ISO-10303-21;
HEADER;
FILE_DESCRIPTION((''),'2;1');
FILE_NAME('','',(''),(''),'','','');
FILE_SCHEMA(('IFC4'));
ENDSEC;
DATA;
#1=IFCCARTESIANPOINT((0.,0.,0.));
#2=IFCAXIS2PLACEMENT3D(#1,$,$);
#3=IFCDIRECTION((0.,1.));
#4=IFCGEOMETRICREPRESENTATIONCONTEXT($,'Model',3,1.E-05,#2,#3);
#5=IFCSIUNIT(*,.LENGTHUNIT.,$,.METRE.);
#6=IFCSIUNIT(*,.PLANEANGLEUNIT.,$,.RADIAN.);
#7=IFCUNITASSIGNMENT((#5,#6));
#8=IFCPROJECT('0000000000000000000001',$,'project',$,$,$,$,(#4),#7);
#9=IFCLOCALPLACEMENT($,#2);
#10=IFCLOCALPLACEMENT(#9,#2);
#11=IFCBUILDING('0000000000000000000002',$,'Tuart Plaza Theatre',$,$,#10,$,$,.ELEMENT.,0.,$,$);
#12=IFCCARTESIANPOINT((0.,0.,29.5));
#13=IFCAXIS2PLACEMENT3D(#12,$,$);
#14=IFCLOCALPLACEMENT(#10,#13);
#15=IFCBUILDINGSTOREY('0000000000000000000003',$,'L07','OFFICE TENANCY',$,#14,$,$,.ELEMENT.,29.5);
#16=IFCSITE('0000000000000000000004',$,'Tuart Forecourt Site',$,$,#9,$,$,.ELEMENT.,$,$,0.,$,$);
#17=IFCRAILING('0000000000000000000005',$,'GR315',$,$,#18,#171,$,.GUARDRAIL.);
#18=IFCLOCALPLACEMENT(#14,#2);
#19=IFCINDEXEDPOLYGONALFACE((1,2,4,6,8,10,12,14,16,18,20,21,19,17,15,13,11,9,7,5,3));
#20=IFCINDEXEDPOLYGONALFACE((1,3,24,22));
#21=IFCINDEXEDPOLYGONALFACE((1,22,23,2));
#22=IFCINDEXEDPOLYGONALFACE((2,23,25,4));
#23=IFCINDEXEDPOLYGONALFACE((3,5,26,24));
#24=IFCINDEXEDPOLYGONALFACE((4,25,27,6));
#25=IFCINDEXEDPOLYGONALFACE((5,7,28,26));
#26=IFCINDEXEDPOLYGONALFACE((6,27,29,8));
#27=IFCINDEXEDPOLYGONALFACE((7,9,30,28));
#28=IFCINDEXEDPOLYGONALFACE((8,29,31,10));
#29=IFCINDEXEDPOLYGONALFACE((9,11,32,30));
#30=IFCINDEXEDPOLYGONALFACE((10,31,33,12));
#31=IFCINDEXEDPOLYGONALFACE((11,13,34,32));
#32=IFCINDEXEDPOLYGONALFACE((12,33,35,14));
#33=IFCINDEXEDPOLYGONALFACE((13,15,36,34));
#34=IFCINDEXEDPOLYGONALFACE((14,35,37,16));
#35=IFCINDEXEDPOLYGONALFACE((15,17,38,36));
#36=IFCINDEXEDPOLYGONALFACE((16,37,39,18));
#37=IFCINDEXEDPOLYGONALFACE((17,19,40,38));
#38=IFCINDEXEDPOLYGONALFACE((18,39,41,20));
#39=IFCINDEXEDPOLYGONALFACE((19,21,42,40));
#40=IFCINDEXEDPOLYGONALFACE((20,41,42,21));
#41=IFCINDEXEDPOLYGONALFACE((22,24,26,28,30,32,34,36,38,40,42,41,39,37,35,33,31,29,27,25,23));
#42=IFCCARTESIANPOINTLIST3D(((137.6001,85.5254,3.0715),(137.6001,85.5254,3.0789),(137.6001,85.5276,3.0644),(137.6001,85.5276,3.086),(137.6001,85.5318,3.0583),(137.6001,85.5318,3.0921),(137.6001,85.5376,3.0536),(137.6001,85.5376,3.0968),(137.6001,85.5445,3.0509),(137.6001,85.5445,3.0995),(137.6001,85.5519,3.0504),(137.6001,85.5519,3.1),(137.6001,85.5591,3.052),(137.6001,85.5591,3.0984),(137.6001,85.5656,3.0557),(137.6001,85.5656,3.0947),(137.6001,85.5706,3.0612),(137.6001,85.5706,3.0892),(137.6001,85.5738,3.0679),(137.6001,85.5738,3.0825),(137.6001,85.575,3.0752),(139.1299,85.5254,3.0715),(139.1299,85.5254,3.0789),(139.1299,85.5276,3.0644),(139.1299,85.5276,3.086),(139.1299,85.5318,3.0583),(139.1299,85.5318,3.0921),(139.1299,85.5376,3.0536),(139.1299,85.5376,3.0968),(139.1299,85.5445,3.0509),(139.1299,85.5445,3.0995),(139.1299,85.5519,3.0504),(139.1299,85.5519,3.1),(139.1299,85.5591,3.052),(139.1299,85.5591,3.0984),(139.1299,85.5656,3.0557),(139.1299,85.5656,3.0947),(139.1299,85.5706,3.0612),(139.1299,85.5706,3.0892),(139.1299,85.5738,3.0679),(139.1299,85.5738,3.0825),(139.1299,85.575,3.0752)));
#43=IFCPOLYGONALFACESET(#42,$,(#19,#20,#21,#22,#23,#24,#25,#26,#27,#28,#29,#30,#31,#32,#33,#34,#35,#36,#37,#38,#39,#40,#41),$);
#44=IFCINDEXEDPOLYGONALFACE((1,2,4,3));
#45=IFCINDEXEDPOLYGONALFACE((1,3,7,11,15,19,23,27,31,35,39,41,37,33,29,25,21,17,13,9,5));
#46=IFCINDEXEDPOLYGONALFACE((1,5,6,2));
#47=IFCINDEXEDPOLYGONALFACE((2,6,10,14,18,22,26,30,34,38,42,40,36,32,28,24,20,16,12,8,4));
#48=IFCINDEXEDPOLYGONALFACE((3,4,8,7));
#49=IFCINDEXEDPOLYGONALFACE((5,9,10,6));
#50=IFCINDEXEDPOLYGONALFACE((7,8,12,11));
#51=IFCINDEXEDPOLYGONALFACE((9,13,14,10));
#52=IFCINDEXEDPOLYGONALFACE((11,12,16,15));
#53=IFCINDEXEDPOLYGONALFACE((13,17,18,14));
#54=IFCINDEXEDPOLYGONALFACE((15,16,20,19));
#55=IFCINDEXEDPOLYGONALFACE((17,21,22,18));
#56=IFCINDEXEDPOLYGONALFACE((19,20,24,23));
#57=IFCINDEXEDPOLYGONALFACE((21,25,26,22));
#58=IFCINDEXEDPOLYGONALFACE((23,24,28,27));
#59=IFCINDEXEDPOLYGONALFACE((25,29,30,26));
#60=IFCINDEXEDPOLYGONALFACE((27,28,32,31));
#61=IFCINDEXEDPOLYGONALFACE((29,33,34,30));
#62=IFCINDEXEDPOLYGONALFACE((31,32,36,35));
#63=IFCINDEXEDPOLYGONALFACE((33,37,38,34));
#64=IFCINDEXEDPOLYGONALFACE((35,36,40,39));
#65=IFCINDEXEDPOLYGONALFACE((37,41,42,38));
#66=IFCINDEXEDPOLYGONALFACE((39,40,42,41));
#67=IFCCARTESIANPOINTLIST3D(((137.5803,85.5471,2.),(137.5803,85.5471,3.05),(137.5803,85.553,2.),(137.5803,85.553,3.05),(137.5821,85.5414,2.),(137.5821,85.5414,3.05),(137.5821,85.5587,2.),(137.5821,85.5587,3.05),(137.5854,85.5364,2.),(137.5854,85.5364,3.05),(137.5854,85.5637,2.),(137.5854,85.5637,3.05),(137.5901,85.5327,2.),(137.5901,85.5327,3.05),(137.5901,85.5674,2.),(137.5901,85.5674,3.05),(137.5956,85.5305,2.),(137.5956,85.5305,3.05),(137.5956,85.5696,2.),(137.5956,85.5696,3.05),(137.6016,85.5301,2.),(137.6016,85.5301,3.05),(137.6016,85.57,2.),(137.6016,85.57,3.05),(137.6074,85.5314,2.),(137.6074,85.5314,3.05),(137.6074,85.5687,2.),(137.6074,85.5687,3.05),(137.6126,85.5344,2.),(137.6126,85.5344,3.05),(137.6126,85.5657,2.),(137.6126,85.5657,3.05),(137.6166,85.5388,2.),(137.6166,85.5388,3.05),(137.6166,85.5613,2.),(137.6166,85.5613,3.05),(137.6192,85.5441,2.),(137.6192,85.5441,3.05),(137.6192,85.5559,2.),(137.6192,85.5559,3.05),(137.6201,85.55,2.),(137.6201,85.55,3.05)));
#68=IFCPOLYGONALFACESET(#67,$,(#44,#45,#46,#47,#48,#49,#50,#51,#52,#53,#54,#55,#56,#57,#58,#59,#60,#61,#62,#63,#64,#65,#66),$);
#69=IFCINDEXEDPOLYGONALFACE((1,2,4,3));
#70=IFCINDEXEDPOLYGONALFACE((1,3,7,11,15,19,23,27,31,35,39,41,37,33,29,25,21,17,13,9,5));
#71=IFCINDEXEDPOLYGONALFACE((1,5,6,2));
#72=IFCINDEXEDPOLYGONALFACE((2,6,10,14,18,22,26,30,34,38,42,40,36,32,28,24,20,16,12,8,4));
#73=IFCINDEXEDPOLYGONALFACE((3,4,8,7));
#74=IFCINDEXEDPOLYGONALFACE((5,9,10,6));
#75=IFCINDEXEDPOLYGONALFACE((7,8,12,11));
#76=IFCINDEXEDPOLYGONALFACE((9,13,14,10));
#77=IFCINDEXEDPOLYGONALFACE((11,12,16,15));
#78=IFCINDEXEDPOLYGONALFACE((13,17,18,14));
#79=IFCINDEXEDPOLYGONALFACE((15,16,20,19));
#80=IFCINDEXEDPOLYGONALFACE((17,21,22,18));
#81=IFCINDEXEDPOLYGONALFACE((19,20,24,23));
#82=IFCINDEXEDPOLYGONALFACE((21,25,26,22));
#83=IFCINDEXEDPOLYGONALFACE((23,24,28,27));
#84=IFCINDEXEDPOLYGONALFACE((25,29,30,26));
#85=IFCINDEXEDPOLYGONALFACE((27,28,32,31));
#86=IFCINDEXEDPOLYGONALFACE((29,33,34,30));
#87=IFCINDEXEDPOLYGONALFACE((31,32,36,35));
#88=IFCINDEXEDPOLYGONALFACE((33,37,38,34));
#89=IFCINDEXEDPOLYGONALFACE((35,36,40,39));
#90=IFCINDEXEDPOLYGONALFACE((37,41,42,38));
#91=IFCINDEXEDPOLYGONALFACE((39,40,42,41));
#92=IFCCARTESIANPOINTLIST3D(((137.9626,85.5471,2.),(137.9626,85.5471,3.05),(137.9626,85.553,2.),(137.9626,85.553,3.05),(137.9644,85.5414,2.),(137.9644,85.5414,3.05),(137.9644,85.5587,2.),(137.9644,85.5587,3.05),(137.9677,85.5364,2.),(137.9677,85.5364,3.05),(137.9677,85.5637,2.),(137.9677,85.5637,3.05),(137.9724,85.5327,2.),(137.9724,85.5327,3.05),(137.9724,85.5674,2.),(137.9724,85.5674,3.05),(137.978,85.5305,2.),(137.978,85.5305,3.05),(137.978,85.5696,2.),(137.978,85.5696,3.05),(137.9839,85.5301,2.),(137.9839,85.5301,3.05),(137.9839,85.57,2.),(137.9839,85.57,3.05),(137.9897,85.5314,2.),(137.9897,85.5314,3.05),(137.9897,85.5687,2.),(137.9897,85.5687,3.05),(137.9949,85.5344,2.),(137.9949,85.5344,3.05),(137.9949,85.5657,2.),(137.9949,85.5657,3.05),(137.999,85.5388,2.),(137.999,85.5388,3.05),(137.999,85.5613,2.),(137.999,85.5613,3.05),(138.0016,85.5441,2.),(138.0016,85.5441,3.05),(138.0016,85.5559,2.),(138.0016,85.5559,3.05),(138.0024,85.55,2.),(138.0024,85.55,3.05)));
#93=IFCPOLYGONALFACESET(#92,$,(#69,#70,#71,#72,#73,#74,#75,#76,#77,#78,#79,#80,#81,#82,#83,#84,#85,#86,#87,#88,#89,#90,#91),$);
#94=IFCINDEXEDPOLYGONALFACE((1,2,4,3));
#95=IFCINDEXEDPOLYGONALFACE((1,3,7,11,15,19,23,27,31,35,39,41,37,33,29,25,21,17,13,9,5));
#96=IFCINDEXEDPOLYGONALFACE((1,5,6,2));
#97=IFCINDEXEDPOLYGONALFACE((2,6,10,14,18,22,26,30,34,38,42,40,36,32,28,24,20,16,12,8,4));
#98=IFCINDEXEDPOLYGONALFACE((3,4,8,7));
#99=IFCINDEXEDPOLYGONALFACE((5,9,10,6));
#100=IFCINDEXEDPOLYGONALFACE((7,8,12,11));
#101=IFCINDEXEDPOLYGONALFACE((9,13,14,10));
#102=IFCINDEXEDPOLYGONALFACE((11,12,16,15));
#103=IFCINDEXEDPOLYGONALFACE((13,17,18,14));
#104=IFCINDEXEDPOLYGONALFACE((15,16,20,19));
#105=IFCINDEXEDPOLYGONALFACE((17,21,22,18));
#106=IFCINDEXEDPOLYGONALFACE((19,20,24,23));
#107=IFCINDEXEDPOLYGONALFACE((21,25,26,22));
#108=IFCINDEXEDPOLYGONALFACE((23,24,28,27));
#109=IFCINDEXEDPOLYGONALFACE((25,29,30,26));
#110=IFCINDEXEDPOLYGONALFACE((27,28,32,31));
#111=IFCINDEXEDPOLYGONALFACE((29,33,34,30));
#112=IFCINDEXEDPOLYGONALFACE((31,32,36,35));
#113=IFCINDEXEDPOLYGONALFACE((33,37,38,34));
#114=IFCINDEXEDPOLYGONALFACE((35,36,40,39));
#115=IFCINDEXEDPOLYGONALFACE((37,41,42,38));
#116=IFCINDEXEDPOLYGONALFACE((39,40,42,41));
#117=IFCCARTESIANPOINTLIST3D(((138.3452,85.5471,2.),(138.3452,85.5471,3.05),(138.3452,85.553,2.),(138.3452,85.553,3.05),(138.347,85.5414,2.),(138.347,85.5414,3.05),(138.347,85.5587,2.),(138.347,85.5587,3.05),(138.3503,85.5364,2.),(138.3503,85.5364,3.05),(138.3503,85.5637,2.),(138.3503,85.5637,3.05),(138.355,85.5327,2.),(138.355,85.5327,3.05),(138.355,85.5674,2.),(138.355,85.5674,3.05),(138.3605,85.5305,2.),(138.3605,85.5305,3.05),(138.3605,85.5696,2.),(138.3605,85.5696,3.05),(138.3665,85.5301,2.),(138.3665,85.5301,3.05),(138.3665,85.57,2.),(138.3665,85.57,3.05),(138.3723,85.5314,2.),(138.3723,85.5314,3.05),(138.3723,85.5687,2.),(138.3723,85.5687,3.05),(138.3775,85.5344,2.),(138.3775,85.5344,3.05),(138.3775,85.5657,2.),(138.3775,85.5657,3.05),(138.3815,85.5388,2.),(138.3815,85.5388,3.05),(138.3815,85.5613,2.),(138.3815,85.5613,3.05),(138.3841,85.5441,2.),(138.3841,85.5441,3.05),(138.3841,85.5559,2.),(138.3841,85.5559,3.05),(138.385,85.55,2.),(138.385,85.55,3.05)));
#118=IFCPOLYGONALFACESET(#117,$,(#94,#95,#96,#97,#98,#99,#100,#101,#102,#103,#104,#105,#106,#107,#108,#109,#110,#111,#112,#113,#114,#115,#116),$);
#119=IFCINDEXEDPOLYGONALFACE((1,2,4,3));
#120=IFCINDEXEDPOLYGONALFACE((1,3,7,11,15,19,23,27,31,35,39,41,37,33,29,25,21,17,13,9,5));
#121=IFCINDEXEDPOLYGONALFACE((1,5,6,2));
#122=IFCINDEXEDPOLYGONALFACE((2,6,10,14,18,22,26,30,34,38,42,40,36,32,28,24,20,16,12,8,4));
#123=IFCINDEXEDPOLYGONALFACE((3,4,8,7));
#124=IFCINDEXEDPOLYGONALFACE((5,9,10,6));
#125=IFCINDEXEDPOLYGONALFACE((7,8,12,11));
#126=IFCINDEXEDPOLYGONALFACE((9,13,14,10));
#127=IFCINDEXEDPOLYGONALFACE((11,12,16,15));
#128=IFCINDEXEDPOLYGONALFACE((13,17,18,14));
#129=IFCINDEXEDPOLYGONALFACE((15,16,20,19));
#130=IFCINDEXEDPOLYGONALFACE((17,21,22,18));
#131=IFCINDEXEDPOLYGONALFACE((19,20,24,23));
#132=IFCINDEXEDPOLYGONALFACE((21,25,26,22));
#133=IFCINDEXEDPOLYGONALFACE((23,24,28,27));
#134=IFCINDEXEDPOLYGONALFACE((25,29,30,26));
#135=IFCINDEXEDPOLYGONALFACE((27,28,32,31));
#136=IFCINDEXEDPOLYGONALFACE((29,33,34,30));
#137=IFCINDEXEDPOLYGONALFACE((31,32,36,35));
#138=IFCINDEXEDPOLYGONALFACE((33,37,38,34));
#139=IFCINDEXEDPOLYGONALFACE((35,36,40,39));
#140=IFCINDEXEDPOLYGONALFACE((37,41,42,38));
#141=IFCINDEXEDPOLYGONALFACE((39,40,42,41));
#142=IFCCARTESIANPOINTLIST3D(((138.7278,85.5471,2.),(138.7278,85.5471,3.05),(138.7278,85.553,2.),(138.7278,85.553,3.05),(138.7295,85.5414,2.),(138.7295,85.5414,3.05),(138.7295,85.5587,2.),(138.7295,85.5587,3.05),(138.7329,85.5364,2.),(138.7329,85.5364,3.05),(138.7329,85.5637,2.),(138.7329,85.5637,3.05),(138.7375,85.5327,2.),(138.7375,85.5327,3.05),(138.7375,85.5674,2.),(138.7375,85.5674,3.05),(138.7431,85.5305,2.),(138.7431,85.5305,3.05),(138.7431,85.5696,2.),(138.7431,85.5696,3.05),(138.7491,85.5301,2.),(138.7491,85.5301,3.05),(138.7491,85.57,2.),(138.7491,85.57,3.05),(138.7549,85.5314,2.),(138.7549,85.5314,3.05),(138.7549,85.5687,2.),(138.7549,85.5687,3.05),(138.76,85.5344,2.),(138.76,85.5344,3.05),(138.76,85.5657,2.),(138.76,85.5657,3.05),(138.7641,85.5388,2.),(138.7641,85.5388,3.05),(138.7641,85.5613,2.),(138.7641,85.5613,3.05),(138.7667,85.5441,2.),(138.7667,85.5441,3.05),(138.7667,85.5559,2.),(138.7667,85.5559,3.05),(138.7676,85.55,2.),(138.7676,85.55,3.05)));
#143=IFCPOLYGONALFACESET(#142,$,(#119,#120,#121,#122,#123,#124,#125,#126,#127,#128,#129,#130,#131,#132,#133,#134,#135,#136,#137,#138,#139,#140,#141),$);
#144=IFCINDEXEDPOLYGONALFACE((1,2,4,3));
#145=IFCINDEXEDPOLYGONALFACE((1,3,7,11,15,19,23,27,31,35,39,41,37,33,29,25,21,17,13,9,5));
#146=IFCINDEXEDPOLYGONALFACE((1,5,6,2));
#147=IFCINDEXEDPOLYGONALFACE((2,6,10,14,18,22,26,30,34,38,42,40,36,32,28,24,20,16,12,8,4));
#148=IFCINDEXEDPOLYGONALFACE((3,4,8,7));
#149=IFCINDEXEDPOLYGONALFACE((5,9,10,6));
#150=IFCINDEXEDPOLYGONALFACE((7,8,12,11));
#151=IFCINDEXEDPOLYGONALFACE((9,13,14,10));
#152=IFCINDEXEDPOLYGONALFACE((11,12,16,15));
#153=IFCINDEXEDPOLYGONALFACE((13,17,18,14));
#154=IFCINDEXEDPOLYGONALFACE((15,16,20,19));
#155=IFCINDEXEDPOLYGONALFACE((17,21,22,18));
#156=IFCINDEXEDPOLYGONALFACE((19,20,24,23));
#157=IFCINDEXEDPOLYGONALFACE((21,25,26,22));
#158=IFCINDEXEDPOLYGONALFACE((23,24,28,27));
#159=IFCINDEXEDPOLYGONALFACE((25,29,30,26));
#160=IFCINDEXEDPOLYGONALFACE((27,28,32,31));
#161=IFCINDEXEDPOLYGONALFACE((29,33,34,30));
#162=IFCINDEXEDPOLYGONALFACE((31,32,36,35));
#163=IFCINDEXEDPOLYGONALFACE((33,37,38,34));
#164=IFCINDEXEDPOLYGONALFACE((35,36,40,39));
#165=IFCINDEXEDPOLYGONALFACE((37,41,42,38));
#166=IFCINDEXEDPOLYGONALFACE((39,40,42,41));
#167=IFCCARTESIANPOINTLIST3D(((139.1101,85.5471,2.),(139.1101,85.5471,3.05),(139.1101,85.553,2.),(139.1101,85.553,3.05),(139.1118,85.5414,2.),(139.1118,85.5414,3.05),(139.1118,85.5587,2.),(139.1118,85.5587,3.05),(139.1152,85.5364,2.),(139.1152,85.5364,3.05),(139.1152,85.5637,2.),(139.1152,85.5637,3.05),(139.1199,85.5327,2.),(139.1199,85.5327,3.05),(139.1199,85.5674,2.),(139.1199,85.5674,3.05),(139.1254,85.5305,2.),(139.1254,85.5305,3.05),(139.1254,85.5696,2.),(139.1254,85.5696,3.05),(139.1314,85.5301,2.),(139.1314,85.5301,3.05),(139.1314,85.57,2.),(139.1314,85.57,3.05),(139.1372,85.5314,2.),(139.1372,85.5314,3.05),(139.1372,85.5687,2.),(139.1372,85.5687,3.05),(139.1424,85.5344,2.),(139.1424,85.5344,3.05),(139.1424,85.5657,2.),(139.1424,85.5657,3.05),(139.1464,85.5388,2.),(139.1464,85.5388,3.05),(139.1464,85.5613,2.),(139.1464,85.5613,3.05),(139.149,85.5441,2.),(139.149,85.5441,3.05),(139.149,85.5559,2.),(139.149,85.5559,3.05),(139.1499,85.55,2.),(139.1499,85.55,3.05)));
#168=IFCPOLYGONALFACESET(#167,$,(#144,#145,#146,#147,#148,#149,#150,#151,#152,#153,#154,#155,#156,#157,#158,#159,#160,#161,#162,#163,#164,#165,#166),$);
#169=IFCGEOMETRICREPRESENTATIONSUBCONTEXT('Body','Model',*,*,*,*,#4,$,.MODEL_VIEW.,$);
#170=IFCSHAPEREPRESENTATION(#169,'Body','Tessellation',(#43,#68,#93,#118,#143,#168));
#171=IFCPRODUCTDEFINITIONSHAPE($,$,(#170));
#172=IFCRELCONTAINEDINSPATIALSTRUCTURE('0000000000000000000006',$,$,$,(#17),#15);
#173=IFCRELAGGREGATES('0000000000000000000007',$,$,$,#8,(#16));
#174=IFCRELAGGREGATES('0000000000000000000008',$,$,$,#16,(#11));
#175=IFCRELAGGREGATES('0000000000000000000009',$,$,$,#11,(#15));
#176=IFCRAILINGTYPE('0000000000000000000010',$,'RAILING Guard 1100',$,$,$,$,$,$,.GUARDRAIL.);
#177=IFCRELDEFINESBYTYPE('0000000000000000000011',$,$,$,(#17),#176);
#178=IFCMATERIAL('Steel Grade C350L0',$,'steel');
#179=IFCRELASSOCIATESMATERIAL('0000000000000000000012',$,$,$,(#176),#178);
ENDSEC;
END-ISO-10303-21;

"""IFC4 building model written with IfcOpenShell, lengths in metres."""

from ifc_helpers import new_model, si_unit, direction, frame, origin, origin_2d, place, context, subcontext, project, spatial, circle, extrude, material, type_object, element, save


model = new_model("IFC4")

# Units and contexts
model_context = context("Model", 3, precision=1e-05, world=origin(), true_north=direction((0.0, 1.0)))
body_context = subcontext(model_context, "Body", "Model", "MODEL_VIEW")
ifc_project = project(units=[si_unit("LENGTHUNIT", "METRE"), si_unit("PLANEANGLEUNIT", "RADIAN")], contexts=[model_context])

# Site, building, storey
site_placement = place(None, origin())
site = spatial("IfcSite", under=ifc_project, at=site_placement, Name="Tuart Forecourt Site", CompositionType="ELEMENT", RefElevation=0.0)
building_placement = place(site_placement, origin())
building = spatial("IfcBuilding", under=site, at=building_placement, Name="Tuart Plaza Theatre", CompositionType="ELEMENT", ElevationOfRefHeight=0.0)
storey_placement = place(building_placement, frame((0.0, 0.0, 29.5)))
storey = spatial("IfcBuildingStorey", under=building, at=storey_placement, Name="L07", Description="OFFICE TENANCY", CompositionType="ELEMENT", Elevation=29.5)

# Railing
ifc_material_1 = material(Name="Steel Grade C350L0", Category="steel")
railing_type_1 = type_object("IfcRailingType", Name="RAILING Guard 1100", PredefinedType="GUARDRAIL", material=ifc_material_1)
railing_1_placement = place(storey_placement, frame((137.6001, 85.55, 2.0)))
element("IfcRailing", 1, at=railing_1_placement, inside=storey, type_object=railing_type_1, Name="GR315", PredefinedType="GUARDRAIL", context=body_context, shape_type="SweptSolid", body=[
    extrude(circle(Radius=0.0249, at=origin_2d()), frame((0.0, 0.0, 1.0752), z_axis=(1.0, 0.0, 0.0), x_axis=(0.0, 1.0, 0.0)), (0.0, 0.0, 1.0), 1.5298),
    extrude(circle(Radius=0.02, at=origin_2d()), origin(), (0.0, 0.0, 1.0), 1.05),
    extrude(circle(Radius=0.02, at=origin_2d()), frame((0.3823, 0.0, 0.0)), (0.0, 0.0, 1.0), 1.05),
    extrude(circle(Radius=0.02, at=origin_2d()), frame((0.7649, 0.0, 0.0)), (0.0, 0.0, 1.0), 1.05),
    extrude(circle(Radius=0.02, at=origin_2d()), frame((1.1475, 0.0, 0.0)), (0.0, 0.0, 1.0), 1.05),
    extrude(circle(Radius=0.02, at=origin_2d()), frame((1.5298, 0.0, 0.0)), (0.0, 0.0, 1.0), 1.05),
])

save(model, "model.ifc")
